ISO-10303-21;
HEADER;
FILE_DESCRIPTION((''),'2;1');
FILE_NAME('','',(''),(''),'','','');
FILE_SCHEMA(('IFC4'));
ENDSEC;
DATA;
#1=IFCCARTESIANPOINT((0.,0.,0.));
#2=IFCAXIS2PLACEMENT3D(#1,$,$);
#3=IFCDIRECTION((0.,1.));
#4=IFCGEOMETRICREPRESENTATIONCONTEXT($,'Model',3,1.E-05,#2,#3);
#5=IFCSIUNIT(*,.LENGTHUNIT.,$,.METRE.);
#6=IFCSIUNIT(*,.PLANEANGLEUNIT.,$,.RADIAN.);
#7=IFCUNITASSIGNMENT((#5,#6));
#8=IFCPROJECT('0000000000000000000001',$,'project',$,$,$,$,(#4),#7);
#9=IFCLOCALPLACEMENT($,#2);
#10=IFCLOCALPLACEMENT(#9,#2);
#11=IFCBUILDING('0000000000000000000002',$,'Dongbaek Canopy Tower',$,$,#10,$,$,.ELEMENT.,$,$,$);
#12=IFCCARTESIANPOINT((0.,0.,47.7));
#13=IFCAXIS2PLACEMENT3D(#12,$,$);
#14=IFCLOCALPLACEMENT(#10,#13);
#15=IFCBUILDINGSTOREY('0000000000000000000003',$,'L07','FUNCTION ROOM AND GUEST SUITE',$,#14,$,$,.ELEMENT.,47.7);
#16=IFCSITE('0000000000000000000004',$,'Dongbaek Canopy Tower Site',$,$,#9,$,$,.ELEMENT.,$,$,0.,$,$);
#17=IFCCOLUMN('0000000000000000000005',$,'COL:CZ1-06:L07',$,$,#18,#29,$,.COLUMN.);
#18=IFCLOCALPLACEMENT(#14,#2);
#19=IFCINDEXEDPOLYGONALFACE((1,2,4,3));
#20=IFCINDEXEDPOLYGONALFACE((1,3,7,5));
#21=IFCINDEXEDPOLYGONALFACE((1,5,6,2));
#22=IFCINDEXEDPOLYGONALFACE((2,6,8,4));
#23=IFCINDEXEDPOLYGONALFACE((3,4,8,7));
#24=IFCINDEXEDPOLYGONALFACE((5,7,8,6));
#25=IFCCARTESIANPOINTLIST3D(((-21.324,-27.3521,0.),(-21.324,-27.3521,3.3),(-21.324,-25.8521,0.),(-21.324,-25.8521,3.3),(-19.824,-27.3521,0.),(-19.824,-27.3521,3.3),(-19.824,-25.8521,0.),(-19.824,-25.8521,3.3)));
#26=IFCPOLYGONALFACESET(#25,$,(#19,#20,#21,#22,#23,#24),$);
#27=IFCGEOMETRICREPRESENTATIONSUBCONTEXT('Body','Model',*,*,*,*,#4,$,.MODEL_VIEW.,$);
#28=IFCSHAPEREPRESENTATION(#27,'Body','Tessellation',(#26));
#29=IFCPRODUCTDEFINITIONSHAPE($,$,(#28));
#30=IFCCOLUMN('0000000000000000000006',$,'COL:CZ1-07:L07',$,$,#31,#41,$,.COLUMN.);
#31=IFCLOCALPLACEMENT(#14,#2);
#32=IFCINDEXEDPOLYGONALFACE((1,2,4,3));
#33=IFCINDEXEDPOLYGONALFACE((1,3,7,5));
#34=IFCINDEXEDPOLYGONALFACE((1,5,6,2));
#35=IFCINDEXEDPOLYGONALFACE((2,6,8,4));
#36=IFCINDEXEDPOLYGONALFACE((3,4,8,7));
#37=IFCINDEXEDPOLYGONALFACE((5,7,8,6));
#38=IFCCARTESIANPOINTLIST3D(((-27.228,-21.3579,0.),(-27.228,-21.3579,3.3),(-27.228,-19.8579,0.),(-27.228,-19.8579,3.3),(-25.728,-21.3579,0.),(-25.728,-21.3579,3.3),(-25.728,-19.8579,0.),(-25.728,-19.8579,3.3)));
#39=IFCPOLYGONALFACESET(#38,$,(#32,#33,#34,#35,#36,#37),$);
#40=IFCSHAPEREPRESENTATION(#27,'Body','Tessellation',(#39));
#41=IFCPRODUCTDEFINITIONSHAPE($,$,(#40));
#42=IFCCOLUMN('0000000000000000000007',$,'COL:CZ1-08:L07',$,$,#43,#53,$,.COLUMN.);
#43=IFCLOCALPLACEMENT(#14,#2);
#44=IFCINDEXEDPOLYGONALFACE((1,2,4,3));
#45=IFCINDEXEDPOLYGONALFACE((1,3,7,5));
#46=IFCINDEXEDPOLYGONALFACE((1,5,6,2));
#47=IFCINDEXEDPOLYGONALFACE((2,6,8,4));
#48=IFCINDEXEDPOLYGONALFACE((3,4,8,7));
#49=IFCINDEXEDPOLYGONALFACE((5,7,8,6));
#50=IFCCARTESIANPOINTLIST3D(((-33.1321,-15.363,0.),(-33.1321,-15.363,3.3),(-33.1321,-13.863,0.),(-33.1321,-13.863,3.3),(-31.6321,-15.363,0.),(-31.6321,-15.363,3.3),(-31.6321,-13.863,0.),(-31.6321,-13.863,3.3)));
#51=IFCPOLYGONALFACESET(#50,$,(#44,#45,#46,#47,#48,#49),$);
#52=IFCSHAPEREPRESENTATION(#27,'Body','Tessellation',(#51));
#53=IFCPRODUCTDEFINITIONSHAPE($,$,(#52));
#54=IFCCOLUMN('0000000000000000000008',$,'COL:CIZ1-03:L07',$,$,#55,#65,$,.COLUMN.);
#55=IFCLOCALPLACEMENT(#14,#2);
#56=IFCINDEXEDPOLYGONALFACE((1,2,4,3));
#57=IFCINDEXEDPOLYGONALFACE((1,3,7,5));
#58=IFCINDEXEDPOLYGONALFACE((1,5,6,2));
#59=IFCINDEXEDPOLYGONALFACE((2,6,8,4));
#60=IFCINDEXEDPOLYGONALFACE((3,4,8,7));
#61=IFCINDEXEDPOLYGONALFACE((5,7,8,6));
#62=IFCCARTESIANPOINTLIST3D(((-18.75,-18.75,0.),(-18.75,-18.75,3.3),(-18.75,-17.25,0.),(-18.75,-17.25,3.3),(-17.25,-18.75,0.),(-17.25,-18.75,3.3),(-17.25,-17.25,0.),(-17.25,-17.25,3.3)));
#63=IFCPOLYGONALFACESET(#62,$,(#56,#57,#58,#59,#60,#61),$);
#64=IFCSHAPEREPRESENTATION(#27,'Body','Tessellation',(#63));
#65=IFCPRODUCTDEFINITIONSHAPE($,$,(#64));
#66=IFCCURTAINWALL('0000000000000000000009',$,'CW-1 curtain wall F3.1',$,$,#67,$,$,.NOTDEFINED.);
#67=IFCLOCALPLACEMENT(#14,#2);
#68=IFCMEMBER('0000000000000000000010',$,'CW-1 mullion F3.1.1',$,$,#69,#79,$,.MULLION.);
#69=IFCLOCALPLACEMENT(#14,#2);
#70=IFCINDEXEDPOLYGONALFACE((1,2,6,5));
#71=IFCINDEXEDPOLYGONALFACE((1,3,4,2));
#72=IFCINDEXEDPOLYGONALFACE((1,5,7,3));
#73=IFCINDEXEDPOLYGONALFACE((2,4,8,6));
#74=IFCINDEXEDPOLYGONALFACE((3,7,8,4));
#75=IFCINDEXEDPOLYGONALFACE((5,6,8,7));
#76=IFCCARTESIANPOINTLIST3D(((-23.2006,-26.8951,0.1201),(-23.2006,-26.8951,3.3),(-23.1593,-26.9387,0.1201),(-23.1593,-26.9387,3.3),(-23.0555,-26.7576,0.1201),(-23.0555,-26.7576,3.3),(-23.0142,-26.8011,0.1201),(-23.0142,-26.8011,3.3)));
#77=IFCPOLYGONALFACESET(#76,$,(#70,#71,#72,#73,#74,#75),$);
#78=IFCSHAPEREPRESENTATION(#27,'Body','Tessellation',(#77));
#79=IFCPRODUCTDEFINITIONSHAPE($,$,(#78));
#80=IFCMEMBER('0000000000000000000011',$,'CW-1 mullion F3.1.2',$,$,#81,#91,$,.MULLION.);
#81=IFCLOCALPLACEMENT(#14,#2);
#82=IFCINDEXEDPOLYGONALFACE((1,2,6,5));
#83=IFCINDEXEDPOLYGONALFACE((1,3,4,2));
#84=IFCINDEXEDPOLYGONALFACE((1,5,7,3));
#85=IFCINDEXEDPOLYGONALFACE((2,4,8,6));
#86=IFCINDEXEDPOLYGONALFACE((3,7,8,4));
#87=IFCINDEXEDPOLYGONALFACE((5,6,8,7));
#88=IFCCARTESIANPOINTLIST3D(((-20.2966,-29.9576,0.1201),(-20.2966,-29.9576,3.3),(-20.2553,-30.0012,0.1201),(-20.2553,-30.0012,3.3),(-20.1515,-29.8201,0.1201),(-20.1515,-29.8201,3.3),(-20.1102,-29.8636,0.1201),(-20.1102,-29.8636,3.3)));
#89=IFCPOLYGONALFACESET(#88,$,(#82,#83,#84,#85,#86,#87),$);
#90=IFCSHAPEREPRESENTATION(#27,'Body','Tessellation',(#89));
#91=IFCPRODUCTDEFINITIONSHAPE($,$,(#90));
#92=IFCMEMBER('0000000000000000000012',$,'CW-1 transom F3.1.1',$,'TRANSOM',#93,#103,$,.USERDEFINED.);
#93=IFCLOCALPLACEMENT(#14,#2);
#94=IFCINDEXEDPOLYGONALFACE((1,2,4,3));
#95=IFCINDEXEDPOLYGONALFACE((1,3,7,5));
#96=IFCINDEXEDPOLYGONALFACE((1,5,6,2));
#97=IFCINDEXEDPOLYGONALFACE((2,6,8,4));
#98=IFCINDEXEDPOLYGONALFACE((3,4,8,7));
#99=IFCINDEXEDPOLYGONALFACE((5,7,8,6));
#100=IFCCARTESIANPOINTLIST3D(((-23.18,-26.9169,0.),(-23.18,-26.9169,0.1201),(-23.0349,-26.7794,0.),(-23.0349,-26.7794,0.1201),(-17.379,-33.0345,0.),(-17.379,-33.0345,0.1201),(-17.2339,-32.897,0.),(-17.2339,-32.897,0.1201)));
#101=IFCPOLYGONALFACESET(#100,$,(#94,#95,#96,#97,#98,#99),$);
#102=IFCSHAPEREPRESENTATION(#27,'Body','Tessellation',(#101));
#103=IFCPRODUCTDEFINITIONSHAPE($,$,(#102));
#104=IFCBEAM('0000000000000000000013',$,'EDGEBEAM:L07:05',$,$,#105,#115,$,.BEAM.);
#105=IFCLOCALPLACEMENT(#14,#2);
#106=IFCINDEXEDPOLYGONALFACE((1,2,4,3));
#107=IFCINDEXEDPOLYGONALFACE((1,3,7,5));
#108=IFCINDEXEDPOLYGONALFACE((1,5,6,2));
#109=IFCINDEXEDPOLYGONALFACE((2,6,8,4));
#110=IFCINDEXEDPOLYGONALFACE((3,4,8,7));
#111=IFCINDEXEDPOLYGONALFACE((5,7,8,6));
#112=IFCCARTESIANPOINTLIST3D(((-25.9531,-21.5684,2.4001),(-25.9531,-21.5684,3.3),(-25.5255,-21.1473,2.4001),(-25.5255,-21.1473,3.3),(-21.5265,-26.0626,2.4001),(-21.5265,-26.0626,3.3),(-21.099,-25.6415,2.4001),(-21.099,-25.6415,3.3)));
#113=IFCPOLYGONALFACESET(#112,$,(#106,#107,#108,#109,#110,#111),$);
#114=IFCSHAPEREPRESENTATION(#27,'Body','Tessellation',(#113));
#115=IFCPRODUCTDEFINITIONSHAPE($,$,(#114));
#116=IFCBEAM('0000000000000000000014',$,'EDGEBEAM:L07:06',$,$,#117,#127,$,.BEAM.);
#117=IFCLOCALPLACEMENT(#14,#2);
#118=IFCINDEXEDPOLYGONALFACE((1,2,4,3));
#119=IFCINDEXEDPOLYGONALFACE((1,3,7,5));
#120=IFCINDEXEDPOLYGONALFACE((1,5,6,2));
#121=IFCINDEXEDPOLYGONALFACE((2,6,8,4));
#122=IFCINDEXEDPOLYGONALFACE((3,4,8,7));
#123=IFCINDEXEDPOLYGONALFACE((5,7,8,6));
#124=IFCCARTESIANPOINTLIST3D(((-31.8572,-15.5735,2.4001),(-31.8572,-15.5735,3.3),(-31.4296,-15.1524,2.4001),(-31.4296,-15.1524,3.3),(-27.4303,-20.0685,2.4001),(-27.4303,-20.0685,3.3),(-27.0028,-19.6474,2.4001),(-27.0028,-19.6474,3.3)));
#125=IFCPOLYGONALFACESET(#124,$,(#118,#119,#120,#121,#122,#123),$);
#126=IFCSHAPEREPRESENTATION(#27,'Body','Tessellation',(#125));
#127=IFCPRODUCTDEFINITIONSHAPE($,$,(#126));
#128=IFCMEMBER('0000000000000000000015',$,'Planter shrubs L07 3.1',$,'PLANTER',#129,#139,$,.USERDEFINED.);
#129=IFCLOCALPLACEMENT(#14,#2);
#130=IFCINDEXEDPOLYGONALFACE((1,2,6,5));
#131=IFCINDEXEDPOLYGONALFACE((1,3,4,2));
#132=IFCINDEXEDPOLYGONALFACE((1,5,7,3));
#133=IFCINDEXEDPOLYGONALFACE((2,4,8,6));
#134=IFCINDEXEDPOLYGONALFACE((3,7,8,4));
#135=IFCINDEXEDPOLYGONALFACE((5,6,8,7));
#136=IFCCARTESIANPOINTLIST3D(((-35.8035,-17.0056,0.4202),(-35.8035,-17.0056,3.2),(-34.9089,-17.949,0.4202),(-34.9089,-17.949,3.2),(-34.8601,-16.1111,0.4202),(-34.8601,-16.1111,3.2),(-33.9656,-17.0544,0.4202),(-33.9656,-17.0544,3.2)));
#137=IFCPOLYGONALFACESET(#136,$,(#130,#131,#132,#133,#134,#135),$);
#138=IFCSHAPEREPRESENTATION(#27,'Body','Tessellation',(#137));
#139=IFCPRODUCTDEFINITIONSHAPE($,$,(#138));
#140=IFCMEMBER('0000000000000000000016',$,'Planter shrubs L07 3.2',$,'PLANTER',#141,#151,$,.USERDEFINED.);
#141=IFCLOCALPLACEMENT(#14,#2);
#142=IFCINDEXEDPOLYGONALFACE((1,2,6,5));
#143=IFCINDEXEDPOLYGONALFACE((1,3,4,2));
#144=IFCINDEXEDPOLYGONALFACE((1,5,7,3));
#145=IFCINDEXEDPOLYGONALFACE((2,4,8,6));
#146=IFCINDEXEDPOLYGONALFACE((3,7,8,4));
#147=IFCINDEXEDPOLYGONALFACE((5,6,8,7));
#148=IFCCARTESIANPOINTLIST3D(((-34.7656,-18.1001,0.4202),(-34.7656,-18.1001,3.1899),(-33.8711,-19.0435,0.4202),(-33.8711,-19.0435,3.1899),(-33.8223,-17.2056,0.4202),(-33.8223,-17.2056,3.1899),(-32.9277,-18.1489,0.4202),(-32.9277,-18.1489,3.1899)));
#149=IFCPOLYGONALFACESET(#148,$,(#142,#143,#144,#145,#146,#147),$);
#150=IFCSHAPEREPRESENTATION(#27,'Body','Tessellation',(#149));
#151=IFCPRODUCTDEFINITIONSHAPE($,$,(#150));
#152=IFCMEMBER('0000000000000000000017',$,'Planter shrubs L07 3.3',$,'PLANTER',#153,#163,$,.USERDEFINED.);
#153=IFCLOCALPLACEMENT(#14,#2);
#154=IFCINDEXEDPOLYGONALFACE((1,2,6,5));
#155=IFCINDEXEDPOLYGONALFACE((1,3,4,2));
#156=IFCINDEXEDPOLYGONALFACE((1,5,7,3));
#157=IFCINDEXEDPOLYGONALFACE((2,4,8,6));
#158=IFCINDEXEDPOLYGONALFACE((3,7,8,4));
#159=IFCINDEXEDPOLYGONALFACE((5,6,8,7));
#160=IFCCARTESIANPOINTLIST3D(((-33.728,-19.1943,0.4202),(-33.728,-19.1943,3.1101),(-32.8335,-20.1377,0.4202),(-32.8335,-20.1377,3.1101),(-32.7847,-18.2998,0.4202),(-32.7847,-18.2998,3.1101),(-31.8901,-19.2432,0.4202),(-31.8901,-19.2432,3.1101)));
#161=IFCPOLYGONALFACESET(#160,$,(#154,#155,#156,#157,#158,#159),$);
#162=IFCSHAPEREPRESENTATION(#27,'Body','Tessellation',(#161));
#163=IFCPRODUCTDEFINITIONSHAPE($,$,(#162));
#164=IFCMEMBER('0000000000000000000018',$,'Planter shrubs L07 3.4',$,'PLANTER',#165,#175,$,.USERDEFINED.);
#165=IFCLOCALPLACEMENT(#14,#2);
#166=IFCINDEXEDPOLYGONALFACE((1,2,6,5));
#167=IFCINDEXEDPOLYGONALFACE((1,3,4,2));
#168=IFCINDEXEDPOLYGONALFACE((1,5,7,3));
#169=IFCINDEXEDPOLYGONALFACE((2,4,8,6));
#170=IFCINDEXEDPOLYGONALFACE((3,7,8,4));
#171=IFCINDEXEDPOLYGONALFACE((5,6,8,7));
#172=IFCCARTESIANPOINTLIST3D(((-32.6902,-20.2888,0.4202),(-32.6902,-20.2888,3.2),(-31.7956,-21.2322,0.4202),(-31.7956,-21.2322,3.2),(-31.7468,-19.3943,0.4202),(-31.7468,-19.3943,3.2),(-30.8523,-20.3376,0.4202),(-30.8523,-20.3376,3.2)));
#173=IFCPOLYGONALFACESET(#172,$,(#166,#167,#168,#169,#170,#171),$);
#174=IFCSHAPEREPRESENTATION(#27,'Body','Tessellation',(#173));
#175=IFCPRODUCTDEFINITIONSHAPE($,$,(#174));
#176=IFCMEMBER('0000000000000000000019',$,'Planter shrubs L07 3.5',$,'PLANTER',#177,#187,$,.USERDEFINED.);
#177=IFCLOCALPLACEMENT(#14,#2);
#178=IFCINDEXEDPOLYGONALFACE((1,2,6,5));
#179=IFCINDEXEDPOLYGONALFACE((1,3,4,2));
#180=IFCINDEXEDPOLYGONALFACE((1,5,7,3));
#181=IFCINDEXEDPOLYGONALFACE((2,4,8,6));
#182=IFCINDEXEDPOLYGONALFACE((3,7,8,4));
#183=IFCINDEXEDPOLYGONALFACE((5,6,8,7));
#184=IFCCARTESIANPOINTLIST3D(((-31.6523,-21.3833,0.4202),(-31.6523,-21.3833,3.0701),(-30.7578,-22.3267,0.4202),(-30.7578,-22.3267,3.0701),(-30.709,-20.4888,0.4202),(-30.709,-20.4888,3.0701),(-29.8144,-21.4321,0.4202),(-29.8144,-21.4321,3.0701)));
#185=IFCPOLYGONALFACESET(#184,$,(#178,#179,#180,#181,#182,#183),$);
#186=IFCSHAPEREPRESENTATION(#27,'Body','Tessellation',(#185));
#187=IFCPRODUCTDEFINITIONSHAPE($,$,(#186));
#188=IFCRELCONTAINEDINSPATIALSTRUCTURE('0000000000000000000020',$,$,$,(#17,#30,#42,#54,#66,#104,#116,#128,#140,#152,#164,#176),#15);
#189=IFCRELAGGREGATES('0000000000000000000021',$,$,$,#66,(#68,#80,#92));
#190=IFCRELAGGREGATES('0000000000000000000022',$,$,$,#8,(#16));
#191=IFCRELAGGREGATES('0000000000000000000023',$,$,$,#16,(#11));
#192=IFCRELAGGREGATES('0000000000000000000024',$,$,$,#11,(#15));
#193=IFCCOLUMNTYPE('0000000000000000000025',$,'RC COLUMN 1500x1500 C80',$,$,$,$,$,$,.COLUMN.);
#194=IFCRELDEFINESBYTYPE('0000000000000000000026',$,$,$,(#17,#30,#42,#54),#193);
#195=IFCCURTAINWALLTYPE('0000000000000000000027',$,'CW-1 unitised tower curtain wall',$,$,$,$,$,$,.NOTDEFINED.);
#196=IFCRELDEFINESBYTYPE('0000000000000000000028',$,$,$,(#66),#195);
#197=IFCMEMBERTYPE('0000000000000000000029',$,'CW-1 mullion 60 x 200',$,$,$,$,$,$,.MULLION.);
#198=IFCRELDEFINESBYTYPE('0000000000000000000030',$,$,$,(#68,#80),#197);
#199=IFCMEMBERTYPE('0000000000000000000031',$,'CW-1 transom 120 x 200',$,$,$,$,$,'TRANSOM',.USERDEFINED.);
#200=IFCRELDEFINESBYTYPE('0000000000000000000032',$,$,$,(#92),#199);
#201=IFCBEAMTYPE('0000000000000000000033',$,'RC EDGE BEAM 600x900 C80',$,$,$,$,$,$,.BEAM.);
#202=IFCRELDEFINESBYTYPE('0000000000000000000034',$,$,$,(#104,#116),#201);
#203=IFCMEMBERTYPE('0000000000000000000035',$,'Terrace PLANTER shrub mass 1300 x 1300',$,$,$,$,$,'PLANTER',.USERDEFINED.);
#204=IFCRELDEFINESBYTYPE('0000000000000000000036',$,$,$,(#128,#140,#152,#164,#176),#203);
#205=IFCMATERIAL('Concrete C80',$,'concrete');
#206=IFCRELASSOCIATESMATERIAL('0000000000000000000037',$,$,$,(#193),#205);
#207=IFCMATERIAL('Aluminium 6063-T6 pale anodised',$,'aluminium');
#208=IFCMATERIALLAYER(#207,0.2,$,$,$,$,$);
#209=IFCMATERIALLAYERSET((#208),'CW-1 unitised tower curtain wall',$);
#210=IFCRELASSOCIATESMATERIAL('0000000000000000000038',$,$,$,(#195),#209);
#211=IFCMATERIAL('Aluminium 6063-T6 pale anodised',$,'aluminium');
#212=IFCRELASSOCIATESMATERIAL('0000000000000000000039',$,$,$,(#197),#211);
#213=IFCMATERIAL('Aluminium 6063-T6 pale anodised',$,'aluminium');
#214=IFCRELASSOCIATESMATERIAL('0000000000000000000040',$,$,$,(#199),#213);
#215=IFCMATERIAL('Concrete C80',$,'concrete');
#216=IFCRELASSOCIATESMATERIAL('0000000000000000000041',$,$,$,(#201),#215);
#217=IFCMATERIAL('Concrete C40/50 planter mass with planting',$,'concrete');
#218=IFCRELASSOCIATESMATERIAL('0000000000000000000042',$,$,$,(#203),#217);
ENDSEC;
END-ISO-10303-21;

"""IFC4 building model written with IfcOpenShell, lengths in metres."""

from ifc_helpers import new_model, si_unit, direction, frame, origin, origin_2d, place, context, subcontext, project, spatial, rectangle, extrude, material, layer, layer_set, material_profile, profile_set, type_object, element, aggregate, save


model = new_model("IFC4")

# Units and contexts
model_context = context("Model", 3, precision=1e-05, world=origin(), true_north=direction((0.0, 1.0)))
body_context = subcontext(model_context, "Body", "Model", "MODEL_VIEW")
ifc_project = project(units=[si_unit("LENGTHUNIT", "METRE"), si_unit("PLANEANGLEUNIT", "RADIAN")], contexts=[model_context])

# Site, building, storey
site_placement = place(None, origin())
site = spatial("IfcSite", under=ifc_project, at=site_placement, Name="Dongbaek Canopy Tower Site", CompositionType="ELEMENT", RefElevation=0.0)
building_placement = place(site_placement, origin())
building = spatial("IfcBuilding", under=site, at=building_placement, Name="Dongbaek Canopy Tower", CompositionType="ELEMENT")
storey_placement = place(building_placement, frame((0.0, 0.0, 47.7)))
storey = spatial("IfcBuildingStorey", under=building, at=storey_placement, Name="L07", Description="FUNCTION ROOM AND GUEST SUITE", CompositionType="ELEMENT", Elevation=47.7)

# Columns
ifc_material_1 = material(Name="Concrete C80", Category="concrete")
ifc_material_profile_1 = material_profile(ifc_material_1, rectangle(XDim=1.5, YDim=1.5, at=origin_2d()), Name="RC COLUMN 1500x1500 C80")
ifc_profile_set_1 = profile_set([ifc_material_profile_1], Name="Concrete C80")
column_type = type_object("IfcColumnType", Name="RC COLUMN 1500x1500 C80", PredefinedType="COLUMN", material=ifc_profile_set_1)
for number, where, z_axis, x_axis, name in (
    (1, (-20.574, -26.6021, 0.0), (0.0, 0.0, 1.0), (1.0, 0.0, 0.0), "COL:CZ1-06:L07"),
    (2, (-26.478, -20.6079, 0.0), (0.0, 0.0, 1.0), (1.0, 0.0, 0.0), "COL:CZ1-07:L07"),
    (3, (-32.3821, -14.613, 0.0), (0.0, 0.0, 1.0), (1.0, 0.0, 0.0), "COL:CZ1-08:L07"),
    (4, (-18.0, -18.0, 0.0), (0.0, 0.0, 1.0), (1.0, 0.0, 0.0), "COL:CIZ1-03:L07"),
):
    element("IfcColumn", number, at=place(storey_placement, frame(where, z_axis=z_axis, x_axis=x_axis)), inside=storey, type_object=column_type, Name=name, PredefinedType="COLUMN", context=body_context, shape_type="SweptSolid", body=[
        extrude(rectangle(XDim=1.5, YDim=1.5, at=origin_2d()), origin(), (0.0, 0.0, 1.0), 3.3),
    ])

# Curtain wall, members
ifc_material_2 = material(Name="Aluminium 6063-T6 pale anodised", Category="aluminium")
ifc_layer_1 = layer(ifc_material_2, 0.2)
ifc_layer_set_1 = layer_set([ifc_layer_1], Name="CW-1 unitised tower curtain wall")
curtain_wall_type = type_object("IfcCurtainWallType", Name="CW-1 unitised tower curtain wall", PredefinedType="NOTDEFINED", material=ifc_layer_set_1)
curtain_wall_placement = place(storey_placement, origin())
curtain_wall = element("IfcCurtainWall", 5, at=curtain_wall_placement, inside=storey, type_object=curtain_wall_type, Name="CW-1 curtain wall F3.1", PredefinedType="NOTDEFINED")
ifc_material_3 = material(Name="Aluminium 6063-T6 pale anodised", Category="aluminium")
ifc_material_profile_2 = material_profile(ifc_material_3, rectangle(XDim=0.2, YDim=0.0601, at=origin_2d()), Name="CW-1 mullion 60 x 200")
ifc_profile_set_2 = profile_set([ifc_material_profile_2], Name="Aluminium 6063-T6 pale anodised")
member_type_1 = type_object("IfcMemberType", Name="CW-1 mullion 60 x 200", PredefinedType="MULLION", material=ifc_profile_set_2)
member_1_placement = place(storey_placement, frame((-23.1074, -26.8481, 0.1201), z_axis=(0.0, 0.0, 1.0), x_axis=(-0.725627, -0.688089, 0.0)))
member_1 = element("IfcMember", 6, at=member_1_placement, type_object=member_type_1, Name="CW-1 mullion F3.1.1", PredefinedType="MULLION", context=body_context, shape_type="SweptSolid", body=[
    extrude(rectangle(XDim=0.2, YDim=0.0601, at=origin_2d()), origin(), (0.0, 0.0, 1.0), 3.1799),
])
member_2_placement = place(storey_placement, frame((-20.2034, -29.9106, 0.1201), z_axis=(0.0, 0.0, 1.0), x_axis=(-0.725627, -0.688089, 0.0)))
member_2 = element("IfcMember", 7, at=member_2_placement, type_object=member_type_1, Name="CW-1 mullion F3.1.2", PredefinedType="MULLION", context=body_context, shape_type="SweptSolid", body=[
    extrude(rectangle(XDim=0.2, YDim=0.0601, at=origin_2d()), origin(), (0.0, 0.0, 1.0), 3.1799),
])
ifc_material_4 = material(Name="Aluminium 6063-T6 pale anodised", Category="aluminium")
ifc_material_profile_3 = material_profile(ifc_material_4, rectangle(XDim=0.2, YDim=0.1201, at=origin_2d()), Name="CW-1 transom 120 x 200")
ifc_profile_set_3 = profile_set([ifc_material_profile_3], Name="Aluminium 6063-T6 pale anodised")
member_type_2 = type_object("IfcMemberType", Name="CW-1 transom 120 x 200", ElementType="TRANSOM", PredefinedType="USERDEFINED", material=ifc_profile_set_3)
member_3_placement = place(storey_placement, frame((-23.1074, -26.8481, 0.0601), z_axis=(0.688078, -0.725637, 0.0), x_axis=(0.725637, 0.688078, 0.0)))
member_3 = element("IfcMember", 8, at=member_3_placement, type_object=member_type_2, Name="CW-1 transom F3.1.1", ObjectType="TRANSOM", PredefinedType="USERDEFINED", context=body_context, shape_type="SweptSolid", body=[
    extrude(rectangle(XDim=0.2, YDim=0.1201, at=origin_2d()), origin(), (0.0, 0.0, 1.0), 8.4307),
])

# Beams
ifc_material_5 = material(Name="Concrete C80", Category="concrete")
ifc_material_profile_4 = material_profile(ifc_material_5, rectangle(XDim=0.6001, YDim=0.8999, at=origin_2d()), Name="RC EDGE BEAM 600x900 C80")
ifc_profile_set_4 = profile_set([ifc_material_profile_4], Name="Concrete C80")
beam_type = type_object("IfcBeamType", Name="RC EDGE BEAM 600x900 C80", PredefinedType="BEAM", material=ifc_profile_set_4)
beam_1_placement = place(storey_placement, frame((-21.3127, -25.8521, 2.8501), z_axis=(-0.701726, 0.712447, 0.0), x_axis=(-0.712447, -0.701726, 0.0)))
element("IfcBeam", 9, at=beam_1_placement, inside=storey, type_object=beam_type, Name="EDGEBEAM:L07:05", PredefinedType="BEAM", context=body_context, shape_type="SweptSolid", body=[
    extrude(rectangle(XDim=0.6001, YDim=0.8999, at=origin_2d()), origin(), (0.0, 0.0, 1.0), 6.3081),
])
beam_2_placement = place(storey_placement, frame((-27.2166, -19.8579, 2.8501), z_axis=(-0.701688, 0.712485, 0.0), x_axis=(-0.712485, -0.701688, 0.0)))
element("IfcBeam", 10, at=beam_2_placement, inside=storey, type_object=beam_type, Name="EDGEBEAM:L07:06", PredefinedType="BEAM", context=body_context, shape_type="SweptSolid", body=[
    extrude(rectangle(XDim=0.6001, YDim=0.8999, at=origin_2d()), origin(), (0.0, 0.0, 1.0), 6.3088),
])

# Members
ifc_material_6 = material(Name="Concrete C40/50 planter mass with planting", Category="concrete")
ifc_material_profile_5 = material_profile(ifc_material_6, rectangle(XDim=1.3, YDim=1.3, at=origin_2d()), Name="Terrace PLANTER shrub mass 1300 x 1300")
ifc_profile_set_5 = profile_set([ifc_material_profile_5], Name="Concrete C40/50 planter mass with planting")
member_type_3 = type_object("IfcMemberType", Name="Terrace PLANTER shrub mass 1300 x 1300", ElementType="PLANTER", PredefinedType="USERDEFINED", material=ifc_profile_set_5)
member_4_placement = place(storey_placement, frame((-34.8845, -17.03, 0.4202), z_axis=(0.0, 0.0, 1.0), x_axis=(-0.725627, -0.688089, 0.0)))
element("IfcMember", 11, at=member_4_placement, inside=storey, type_object=member_type_3, Name="Planter shrubs L07 3.1", ObjectType="PLANTER", PredefinedType="USERDEFINED", context=body_context, shape_type="SweptSolid", body=[
    extrude(rectangle(XDim=1.3, YDim=1.3, at=origin_2d()), origin(), (0.0, 0.0, 1.0), 2.7798),
])
member_5_placement = place(storey_placement, frame((-33.8467, -18.1245, 0.4202), z_axis=(0.0, 0.0, 1.0), x_axis=(-0.725627, -0.688089, 0.0)))
element("IfcMember", 12, at=member_5_placement, inside=storey, type_object=member_type_3, Name="Planter shrubs L07 3.2", ObjectType="PLANTER", PredefinedType="USERDEFINED", context=body_context, shape_type="SweptSolid", body=[
    extrude(rectangle(XDim=1.3, YDim=1.3, at=origin_2d()), origin(), (0.0, 0.0, 1.0), 2.7698),
])
member_6_placement = place(storey_placement, frame((-32.8091, -19.2188, 0.4202), z_axis=(0.0, 0.0, 1.0), x_axis=(-0.725627, -0.688089, 0.0)))
element("IfcMember", 13, at=member_6_placement, inside=storey, type_object=member_type_3, Name="Planter shrubs L07 3.3", ObjectType="PLANTER", PredefinedType="USERDEFINED", context=body_context, shape_type="SweptSolid", body=[
    extrude(rectangle(XDim=1.3, YDim=1.3, at=origin_2d()), origin(), (0.0, 0.0, 1.0), 2.6899),
])
member_7_placement = place(storey_placement, frame((-31.7712, -20.3132, 0.4202), z_axis=(0.0, 0.0, 1.0), x_axis=(-0.725627, -0.688089, 0.0)))
element("IfcMember", 14, at=member_7_placement, inside=storey, type_object=member_type_3, Name="Planter shrubs L07 3.4", ObjectType="PLANTER", PredefinedType="USERDEFINED", context=body_context, shape_type="SweptSolid", body=[
    extrude(rectangle(XDim=1.3, YDim=1.3, at=origin_2d()), origin(), (0.0, 0.0, 1.0), 2.7798),
])
member_8_placement = place(storey_placement, frame((-30.7334, -21.4077, 0.4202), z_axis=(0.0, 0.0, 1.0), x_axis=(-0.725627, -0.688089, 0.0)))
element("IfcMember", 15, at=member_8_placement, inside=storey, type_object=member_type_3, Name="Planter shrubs L07 3.5", ObjectType="PLANTER", PredefinedType="USERDEFINED", context=body_context, shape_type="SweptSolid", body=[
    extrude(rectangle(XDim=1.3, YDim=1.3, at=origin_2d()), origin(), (0.0, 0.0, 1.0), 2.6499),
])

aggregate(curtain_wall, [member_1, member_2, member_3])

save(model, "model.ifc")
